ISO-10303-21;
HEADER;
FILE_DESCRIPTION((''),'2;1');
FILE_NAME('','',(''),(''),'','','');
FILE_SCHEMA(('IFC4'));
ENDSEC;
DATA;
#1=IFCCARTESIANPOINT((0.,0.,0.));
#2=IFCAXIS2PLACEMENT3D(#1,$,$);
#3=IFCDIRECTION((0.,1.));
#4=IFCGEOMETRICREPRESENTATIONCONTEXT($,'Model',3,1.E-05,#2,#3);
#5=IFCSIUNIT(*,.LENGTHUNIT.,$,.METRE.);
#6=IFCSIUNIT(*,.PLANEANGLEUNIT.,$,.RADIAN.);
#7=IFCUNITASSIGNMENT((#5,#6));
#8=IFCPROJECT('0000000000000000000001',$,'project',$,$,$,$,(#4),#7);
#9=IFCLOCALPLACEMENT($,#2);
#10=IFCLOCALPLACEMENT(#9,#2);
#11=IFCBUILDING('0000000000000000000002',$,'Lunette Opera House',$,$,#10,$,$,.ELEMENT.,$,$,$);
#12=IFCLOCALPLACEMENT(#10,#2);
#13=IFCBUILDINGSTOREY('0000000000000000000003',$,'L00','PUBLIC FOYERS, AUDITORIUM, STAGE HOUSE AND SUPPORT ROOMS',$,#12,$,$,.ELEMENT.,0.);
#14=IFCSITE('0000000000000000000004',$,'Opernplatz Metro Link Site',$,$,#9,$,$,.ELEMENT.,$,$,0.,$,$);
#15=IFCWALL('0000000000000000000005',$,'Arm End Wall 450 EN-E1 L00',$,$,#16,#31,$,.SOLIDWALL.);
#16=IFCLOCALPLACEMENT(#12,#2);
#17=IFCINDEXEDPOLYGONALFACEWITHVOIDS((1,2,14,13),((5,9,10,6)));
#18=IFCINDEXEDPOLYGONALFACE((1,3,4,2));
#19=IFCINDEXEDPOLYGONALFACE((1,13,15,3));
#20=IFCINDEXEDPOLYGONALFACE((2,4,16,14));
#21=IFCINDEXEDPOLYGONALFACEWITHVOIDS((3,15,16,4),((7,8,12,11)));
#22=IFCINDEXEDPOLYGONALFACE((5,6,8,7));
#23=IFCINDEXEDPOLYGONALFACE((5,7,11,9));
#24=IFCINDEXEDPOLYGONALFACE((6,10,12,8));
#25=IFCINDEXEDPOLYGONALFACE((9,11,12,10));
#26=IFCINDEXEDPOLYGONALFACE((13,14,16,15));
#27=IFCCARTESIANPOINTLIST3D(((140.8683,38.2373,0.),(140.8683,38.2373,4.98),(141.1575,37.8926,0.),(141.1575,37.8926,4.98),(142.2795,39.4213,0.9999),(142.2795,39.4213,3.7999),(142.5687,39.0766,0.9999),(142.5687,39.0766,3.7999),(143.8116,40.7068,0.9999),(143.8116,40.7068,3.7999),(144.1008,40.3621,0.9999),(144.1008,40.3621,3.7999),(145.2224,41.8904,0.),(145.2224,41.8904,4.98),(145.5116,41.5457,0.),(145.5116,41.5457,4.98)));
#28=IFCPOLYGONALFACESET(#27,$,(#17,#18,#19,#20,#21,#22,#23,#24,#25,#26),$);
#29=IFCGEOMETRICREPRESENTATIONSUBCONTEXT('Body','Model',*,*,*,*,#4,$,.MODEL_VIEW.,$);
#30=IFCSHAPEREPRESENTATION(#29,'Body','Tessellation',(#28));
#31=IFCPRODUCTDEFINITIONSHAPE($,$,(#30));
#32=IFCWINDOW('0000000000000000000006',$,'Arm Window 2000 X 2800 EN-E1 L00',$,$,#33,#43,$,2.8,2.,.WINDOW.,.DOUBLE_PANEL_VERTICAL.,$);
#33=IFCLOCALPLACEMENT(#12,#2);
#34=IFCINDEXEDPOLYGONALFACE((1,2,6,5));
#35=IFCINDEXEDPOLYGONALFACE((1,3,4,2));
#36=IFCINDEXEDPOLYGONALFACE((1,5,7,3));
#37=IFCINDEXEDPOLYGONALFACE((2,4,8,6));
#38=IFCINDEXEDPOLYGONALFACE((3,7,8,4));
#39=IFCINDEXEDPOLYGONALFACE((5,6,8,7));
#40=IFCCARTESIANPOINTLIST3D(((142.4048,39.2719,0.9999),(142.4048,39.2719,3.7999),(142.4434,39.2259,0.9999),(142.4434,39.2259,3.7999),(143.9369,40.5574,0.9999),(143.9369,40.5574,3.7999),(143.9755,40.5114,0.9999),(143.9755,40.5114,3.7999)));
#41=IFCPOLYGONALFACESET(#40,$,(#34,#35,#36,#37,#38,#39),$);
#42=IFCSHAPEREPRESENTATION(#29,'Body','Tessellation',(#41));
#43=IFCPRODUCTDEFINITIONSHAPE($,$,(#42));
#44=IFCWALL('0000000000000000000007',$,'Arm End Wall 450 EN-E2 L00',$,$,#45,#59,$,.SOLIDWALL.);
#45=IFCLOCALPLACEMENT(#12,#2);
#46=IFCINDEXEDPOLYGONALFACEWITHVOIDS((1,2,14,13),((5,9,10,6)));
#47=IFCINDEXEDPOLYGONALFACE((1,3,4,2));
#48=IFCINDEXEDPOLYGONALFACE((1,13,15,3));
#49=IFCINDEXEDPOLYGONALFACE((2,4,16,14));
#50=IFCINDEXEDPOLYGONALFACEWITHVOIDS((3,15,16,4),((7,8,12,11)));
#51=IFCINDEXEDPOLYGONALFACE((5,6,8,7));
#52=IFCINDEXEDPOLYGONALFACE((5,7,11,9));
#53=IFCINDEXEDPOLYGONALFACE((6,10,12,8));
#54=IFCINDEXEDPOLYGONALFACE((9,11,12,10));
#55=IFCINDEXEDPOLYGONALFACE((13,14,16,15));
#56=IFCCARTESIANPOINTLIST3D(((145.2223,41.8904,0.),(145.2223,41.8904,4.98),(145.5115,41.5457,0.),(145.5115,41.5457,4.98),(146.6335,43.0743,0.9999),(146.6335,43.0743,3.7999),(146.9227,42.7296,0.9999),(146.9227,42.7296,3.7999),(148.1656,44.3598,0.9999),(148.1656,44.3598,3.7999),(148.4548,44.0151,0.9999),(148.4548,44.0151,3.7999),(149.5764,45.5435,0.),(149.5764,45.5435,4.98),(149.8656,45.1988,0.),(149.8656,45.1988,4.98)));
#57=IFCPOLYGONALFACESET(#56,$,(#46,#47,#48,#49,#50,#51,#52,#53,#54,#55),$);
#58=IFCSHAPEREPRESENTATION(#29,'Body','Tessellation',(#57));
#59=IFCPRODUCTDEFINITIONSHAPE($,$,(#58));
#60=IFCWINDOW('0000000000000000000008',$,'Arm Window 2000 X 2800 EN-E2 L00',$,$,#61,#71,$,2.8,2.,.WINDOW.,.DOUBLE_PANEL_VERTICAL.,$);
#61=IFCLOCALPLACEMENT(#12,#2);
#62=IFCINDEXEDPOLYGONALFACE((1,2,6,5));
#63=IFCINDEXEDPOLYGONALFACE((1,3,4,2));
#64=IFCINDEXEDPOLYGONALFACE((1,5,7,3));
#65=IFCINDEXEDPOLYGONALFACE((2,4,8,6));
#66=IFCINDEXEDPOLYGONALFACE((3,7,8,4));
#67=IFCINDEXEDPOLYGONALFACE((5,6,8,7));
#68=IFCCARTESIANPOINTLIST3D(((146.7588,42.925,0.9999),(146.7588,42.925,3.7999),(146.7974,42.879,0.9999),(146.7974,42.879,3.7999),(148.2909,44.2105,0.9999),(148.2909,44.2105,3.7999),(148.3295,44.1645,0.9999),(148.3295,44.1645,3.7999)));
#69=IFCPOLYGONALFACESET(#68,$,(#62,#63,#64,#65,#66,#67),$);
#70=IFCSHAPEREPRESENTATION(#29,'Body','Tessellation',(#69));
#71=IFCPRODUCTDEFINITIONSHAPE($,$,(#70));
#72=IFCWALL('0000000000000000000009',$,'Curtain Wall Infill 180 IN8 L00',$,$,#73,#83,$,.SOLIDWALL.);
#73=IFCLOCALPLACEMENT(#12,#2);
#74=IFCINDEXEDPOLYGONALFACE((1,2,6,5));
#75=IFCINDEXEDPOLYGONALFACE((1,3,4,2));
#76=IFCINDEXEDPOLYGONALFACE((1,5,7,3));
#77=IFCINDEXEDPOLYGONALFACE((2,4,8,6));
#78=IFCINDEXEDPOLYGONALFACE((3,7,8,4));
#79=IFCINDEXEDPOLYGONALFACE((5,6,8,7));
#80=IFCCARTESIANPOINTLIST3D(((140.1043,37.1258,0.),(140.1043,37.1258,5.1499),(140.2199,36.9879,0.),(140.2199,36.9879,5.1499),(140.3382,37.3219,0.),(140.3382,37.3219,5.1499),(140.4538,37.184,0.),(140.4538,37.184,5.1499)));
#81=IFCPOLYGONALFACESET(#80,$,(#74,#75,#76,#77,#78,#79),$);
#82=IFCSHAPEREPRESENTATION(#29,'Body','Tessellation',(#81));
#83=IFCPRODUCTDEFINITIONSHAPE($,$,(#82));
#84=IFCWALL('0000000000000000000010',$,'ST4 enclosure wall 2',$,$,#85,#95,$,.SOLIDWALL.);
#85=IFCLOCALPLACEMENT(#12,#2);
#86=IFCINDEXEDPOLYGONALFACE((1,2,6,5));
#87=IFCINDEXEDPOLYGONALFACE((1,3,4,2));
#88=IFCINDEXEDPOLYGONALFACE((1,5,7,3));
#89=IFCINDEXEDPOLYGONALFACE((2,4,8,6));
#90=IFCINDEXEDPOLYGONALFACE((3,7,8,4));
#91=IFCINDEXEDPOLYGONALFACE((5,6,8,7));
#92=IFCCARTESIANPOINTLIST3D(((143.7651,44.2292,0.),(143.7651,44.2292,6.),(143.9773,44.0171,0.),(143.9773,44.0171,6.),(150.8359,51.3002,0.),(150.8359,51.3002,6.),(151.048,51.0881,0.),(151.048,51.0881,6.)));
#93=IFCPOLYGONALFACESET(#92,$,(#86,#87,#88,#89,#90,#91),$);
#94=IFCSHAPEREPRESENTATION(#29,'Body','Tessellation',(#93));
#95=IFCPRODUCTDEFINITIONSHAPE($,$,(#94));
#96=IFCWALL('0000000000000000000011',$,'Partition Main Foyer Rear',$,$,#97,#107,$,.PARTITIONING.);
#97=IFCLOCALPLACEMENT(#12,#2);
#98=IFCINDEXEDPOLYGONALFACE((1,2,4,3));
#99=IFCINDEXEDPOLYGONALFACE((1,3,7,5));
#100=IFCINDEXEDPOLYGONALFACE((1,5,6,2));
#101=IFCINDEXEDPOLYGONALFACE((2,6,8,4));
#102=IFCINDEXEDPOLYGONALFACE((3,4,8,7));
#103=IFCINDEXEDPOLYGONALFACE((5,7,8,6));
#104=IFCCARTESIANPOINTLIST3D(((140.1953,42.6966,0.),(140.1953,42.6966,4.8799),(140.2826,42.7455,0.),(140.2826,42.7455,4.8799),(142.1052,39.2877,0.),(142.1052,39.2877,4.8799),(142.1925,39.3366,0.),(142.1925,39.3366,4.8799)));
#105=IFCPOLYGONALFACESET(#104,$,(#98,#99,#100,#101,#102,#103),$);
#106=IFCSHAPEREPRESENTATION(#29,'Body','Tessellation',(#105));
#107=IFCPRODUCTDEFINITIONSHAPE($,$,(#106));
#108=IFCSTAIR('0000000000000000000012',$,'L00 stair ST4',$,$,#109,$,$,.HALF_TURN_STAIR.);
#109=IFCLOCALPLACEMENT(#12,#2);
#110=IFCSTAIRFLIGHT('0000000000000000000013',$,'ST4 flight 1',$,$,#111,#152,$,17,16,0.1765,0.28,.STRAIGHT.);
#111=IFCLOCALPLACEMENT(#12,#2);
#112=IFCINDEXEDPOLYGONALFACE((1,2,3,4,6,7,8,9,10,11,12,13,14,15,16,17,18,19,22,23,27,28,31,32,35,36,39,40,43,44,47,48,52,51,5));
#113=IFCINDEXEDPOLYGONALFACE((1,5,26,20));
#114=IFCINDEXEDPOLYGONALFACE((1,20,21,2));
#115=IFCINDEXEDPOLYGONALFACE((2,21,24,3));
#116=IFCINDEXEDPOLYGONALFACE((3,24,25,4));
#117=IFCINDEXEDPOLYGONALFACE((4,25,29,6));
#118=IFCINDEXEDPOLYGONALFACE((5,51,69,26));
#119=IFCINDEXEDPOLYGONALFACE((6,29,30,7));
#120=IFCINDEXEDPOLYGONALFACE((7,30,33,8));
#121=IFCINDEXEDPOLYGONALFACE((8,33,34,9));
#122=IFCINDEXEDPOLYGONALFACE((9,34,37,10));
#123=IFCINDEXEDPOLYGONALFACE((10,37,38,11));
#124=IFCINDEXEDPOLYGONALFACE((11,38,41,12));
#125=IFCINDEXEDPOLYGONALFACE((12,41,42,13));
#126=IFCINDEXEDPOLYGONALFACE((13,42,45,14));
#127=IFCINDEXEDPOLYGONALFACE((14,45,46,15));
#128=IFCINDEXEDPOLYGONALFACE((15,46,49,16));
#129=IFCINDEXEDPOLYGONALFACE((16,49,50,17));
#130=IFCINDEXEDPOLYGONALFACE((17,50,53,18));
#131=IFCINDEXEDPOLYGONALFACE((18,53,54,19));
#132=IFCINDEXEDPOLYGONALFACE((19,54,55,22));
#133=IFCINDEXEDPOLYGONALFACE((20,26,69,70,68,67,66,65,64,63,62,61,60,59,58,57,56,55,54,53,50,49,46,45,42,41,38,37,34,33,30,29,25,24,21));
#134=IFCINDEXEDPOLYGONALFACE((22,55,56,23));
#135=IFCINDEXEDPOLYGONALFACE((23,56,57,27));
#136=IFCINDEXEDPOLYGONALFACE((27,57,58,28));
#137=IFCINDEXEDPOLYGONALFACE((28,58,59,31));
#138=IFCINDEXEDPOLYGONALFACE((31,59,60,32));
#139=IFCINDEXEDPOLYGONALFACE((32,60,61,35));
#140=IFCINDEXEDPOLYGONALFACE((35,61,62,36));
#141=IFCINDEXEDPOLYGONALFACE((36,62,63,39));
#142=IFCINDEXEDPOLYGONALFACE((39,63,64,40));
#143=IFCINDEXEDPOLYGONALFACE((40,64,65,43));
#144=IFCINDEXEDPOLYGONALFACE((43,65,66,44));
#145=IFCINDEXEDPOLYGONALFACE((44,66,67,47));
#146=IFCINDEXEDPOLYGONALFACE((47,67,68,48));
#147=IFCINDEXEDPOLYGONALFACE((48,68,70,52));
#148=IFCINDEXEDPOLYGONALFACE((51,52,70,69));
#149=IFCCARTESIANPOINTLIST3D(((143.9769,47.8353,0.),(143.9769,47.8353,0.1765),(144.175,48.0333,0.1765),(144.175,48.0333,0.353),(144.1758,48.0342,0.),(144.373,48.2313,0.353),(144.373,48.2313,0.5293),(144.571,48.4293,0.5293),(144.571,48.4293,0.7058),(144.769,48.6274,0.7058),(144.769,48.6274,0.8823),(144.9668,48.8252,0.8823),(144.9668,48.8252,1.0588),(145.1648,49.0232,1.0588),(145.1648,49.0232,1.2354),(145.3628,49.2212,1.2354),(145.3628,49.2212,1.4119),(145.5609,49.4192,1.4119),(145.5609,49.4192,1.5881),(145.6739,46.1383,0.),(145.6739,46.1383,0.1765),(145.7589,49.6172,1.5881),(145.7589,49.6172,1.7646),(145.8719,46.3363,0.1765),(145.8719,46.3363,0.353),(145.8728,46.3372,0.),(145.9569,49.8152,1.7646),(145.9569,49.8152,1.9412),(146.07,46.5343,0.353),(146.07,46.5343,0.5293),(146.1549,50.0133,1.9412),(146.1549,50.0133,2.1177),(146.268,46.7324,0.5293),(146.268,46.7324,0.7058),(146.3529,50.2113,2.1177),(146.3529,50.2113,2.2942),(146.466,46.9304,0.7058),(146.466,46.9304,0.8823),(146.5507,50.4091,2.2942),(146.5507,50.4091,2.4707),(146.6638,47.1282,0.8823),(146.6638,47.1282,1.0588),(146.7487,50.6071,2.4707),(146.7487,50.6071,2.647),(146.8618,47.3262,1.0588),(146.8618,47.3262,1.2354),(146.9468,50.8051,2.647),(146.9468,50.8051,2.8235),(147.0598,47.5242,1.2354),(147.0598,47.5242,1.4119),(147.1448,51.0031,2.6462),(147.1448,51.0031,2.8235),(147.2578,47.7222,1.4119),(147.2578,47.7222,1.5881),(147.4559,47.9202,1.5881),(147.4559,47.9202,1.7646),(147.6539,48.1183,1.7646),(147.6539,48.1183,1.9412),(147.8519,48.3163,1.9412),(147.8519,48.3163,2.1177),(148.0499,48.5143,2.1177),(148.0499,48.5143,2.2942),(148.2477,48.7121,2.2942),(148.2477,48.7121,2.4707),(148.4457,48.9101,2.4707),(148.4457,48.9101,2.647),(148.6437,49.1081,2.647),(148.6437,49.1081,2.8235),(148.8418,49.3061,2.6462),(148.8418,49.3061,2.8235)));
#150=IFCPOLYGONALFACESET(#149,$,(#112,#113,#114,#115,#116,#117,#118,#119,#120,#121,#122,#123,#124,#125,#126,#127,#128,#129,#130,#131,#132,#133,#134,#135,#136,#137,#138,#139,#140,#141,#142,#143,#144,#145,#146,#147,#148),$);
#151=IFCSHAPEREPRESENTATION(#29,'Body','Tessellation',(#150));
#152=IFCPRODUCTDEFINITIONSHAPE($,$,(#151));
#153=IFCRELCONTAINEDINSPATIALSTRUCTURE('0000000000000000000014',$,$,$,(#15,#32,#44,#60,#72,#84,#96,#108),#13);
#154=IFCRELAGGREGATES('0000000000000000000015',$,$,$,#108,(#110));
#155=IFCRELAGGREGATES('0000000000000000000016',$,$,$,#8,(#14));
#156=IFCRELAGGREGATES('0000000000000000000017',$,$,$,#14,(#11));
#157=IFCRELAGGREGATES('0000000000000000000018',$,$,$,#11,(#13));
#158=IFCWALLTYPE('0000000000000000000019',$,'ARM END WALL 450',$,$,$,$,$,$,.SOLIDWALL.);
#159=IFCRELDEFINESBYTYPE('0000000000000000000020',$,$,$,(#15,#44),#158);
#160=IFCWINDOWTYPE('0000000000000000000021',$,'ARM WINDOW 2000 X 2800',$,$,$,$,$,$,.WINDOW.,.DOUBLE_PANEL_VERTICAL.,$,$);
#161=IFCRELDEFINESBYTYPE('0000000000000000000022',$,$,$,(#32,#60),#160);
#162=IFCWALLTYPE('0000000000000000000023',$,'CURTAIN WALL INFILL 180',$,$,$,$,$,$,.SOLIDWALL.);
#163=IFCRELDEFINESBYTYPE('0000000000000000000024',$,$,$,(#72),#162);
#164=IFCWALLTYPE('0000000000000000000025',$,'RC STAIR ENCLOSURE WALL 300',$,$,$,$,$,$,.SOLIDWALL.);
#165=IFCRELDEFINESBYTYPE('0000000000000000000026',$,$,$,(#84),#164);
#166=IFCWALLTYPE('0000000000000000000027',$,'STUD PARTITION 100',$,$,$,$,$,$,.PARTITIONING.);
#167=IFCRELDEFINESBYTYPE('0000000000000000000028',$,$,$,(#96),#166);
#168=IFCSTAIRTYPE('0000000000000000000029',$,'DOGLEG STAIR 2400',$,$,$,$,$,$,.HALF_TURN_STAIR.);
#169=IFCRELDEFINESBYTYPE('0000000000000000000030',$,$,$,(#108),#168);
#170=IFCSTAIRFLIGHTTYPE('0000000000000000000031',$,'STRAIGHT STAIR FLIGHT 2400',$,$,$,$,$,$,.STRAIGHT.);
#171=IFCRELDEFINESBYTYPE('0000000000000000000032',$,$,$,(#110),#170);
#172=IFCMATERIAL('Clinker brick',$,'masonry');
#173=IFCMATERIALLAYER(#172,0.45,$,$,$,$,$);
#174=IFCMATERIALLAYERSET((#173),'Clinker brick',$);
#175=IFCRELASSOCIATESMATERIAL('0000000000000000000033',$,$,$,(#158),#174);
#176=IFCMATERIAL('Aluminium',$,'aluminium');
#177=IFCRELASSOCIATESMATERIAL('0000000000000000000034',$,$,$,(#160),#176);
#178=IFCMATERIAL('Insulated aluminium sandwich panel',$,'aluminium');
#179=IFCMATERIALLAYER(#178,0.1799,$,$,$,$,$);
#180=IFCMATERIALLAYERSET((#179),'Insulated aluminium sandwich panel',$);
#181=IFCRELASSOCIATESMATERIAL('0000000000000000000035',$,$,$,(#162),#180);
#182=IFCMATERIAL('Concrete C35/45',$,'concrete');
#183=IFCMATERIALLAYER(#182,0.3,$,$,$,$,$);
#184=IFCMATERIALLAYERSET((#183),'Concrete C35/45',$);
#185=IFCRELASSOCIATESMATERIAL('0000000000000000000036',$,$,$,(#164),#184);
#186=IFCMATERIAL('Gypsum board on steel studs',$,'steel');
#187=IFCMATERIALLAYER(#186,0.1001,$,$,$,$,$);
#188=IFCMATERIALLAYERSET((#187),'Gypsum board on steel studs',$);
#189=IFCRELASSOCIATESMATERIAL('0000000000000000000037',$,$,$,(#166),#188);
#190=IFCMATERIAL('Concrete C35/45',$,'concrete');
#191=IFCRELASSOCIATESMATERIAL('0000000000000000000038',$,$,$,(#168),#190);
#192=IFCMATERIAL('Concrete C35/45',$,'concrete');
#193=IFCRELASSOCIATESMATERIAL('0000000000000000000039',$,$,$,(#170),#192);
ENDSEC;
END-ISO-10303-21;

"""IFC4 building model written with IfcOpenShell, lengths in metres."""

from ifc_helpers import new_model, si_unit, direction, frame, frame_2d, origin, place, context, subcontext, project, spatial, polyline, rectangle, outline, extrude, material, layer, layer_set, type_object, element, fill, aggregate, save


model = new_model("IFC4")

# Units and contexts
model_context = context("Model", 3, precision=1e-05, world=origin(), true_north=direction((0.0, 1.0)))
body_context = subcontext(model_context, "Body", "Model", "MODEL_VIEW")
ifc_project = project(units=[si_unit("LENGTHUNIT", "METRE"), si_unit("PLANEANGLEUNIT", "RADIAN")], contexts=[model_context])

# Site, building, storey
site_placement = place(None, origin())
site = spatial("IfcSite", under=ifc_project, at=site_placement, Name="Opernplatz Metro Link Site", CompositionType="ELEMENT", RefElevation=0.0)
building_placement = place(site_placement, origin())
building = spatial("IfcBuilding", under=site, at=building_placement, Name="Lunette Opera House", CompositionType="ELEMENT")
storey_placement = place(building_placement, origin())
storey = spatial("IfcBuildingStorey", under=building, at=storey_placement, Name="L00", Description="PUBLIC FOYERS, AUDITORIUM, STAGE HOUSE AND SUPPORT ROOMS", CompositionType="ELEMENT", Elevation=0.0)

# Walls, openings, windows
ifc_material_1 = material(Name="Clinker brick", Category="masonry")
ifc_layer_1 = layer(ifc_material_1, 0.45)
ifc_layer_set_1 = layer_set([ifc_layer_1], Name="Clinker brick")
wall_type_1 = type_object("IfcWallType", Name="ARM END WALL 450", PredefinedType="SOLIDWALL", material=ifc_layer_set_1)
wall_1_placement = place(storey_placement, frame((141.0129, 38.0649, 0.0), z_axis=(0.0, 0.0, 1.0), x_axis=(0.766076, 0.64275, 0.0)))
wall_1 = element("IfcWall", 1, at=wall_1_placement, inside=storey, type_object=wall_type_1, Name="Arm End Wall 450 EN-E1 L00", PredefinedType="SOLIDWALL", context=body_context, shape_type="SweptSolid", body=[
    extrude(rectangle(XDim=5.6836, YDim=0.45, at=frame_2d((2.8418, 0.0))), origin(), (0.0, 0.0, 1.0), 4.98),
])
opening_1_placement = place(wall_1_placement, frame((1.842, 0.0, 1.0)))
opening_1 = element("IfcOpeningElement", 2, at=opening_1_placement, cuts=wall_1, PredefinedType="OPENING", context=body_context, shape_type="SweptSolid", body=[
    extrude(rectangle(XDim=2.0, YDim=2.8, at=frame_2d((1.0, 1.3999))), frame((0.0, 0.2371, 0.0), z_axis=(0.0, -1.0, 0.0), x_axis=(1.0, 0.0, 0.0)), (0.0, 0.0, 1.0), 0.4739),
])
ifc_material_2 = material(Name="Aluminium", Category="aluminium")
window_type = type_object("IfcWindowType", Name="ARM WINDOW 2000 X 2800", PartitioningType="DOUBLE_PANEL_VERTICAL", PredefinedType="WINDOW", material=ifc_material_2)
window_1_placement = place(opening_1_placement, origin())
window_1 = element("IfcWindow", 3, at=window_1_placement, inside=storey, type_object=window_type, Name="Arm Window 2000 X 2800 EN-E1 L00", OverallHeight=2.8, OverallWidth=2.0, PartitioningType="DOUBLE_PANEL_VERTICAL", PredefinedType="WINDOW", context=body_context, shape_type="SweptSolid", body=[
    extrude(rectangle(XDim=2.0, YDim=2.8, at=frame_2d((1.0, 1.3999))), frame((0.0, 0.03, 0.0), z_axis=(0.0, -1.0, 0.0), x_axis=(1.0, 0.0, 0.0)), (0.0, 0.0, 1.0), 0.0601),
])
fill(opening_1, window_1)
wall_2_placement = place(storey_placement, frame((145.3669, 41.718, 0.0), z_axis=(0.0, 0.0, 1.0), x_axis=(0.766076, 0.64275, 0.0)))
wall_2 = element("IfcWall", 4, at=wall_2_placement, inside=storey, type_object=wall_type_1, Name="Arm End Wall 450 EN-E2 L00", PredefinedType="SOLIDWALL", context=body_context, shape_type="SweptSolid", body=[
    extrude(rectangle(XDim=5.6836, YDim=0.45, at=frame_2d((2.8418, 0.0))), origin(), (0.0, 0.0, 1.0), 4.98),
])
opening_2_placement = place(wall_2_placement, frame((1.842, 0.0, 1.0)))
opening_2 = element("IfcOpeningElement", 5, at=opening_2_placement, cuts=wall_2, PredefinedType="OPENING", context=body_context, shape_type="SweptSolid", body=[
    extrude(rectangle(XDim=2.0, YDim=2.8, at=frame_2d((1.0, 1.3999))), frame((0.0, 0.2371, 0.0), z_axis=(0.0, -1.0, 0.0), x_axis=(1.0, 0.0, 0.0)), (0.0, 0.0, 1.0), 0.4739),
])
window_2_placement = place(opening_2_placement, origin())
window_2 = element("IfcWindow", 6, at=window_2_placement, inside=storey, type_object=window_type, Name="Arm Window 2000 X 2800 EN-E2 L00", OverallHeight=2.8, OverallWidth=2.0, PartitioningType="DOUBLE_PANEL_VERTICAL", PredefinedType="WINDOW", context=body_context, shape_type="SweptSolid", body=[
    extrude(rectangle(XDim=2.0, YDim=2.8, at=frame_2d((1.0, 1.3999))), frame((0.0, 0.03, 0.0), z_axis=(0.0, -1.0, 0.0), x_axis=(1.0, 0.0, 0.0)), (0.0, 0.0, 1.0), 0.0601),
])
fill(opening_2, window_2)

# Walls
ifc_material_3 = material(Name="Insulated aluminium sandwich panel", Category="aluminium")
ifc_layer_2 = layer(ifc_material_3, 0.1799)
ifc_layer_set_2 = layer_set([ifc_layer_2], Name="Insulated aluminium sandwich panel")
wall_type_2 = type_object("IfcWallType", Name="CURTAIN WALL INFILL 180", PredefinedType="SOLIDWALL", material=ifc_layer_set_2)
wall_3_placement = place(storey_placement, frame((140.1621, 37.0569, 0.0), z_axis=(0.0, 0.0, 1.0), x_axis=(0.766382, 0.642385, 0.0)))
element("IfcWall", 7, at=wall_3_placement, inside=storey, type_object=wall_type_2, Name="Curtain Wall Infill 180 IN8 L00", PredefinedType="SOLIDWALL", context=body_context, shape_type="SweptSolid", body=[
    extrude(rectangle(XDim=0.3052, YDim=0.1799, at=frame_2d((0.1526, 0.0))), origin(), (0.0, 0.0, 1.0), 5.1499),
])
ifc_material_4 = material(Name="Concrete C35/45", Category="concrete")
ifc_layer_3 = layer(ifc_material_4, 0.3)
ifc_layer_set_3 = layer_set([ifc_layer_3], Name="Concrete C35/45")
wall_type_3 = type_object("IfcWallType", Name="RC STAIR ENCLOSURE WALL 300", PredefinedType="SOLIDWALL", material=ifc_layer_set_3)
wall_4_placement = place(storey_placement, frame((143.8711, 44.123, 0.0), z_axis=(0.0, 0.0, 1.0), x_axis=(0.707095, 0.707119, 0.0)))
element("IfcWall", 8, at=wall_4_placement, inside=storey, type_object=wall_type_3, Name="ST4 enclosure wall 2", PredefinedType="SOLIDWALL", context=body_context, shape_type="SweptSolid", body=[
    extrude(rectangle(XDim=9.9998, YDim=0.3, at=frame_2d((5.0, 0.0))), origin(), (0.0, 0.0, 1.0), 6.0),
])
ifc_material_5 = material(Name="Gypsum board on steel studs", Category="steel")
ifc_layer_4 = layer(ifc_material_5, 0.1001)
ifc_layer_set_4 = layer_set([ifc_layer_4], Name="Gypsum board on steel studs")
wall_type_4 = type_object("IfcWallType", Name="STUD PARTITION 100", PredefinedType="PARTITIONING", material=ifc_layer_set_4)
wall_5_placement = place(storey_placement, frame((140.239, 42.7209, 0.0), z_axis=(0.0, 0.0, 1.0), x_axis=(0.48878, -0.872407, 0.0)))
element("IfcWall", 9, at=wall_5_placement, inside=storey, type_object=wall_type_4, Name="Partition Main Foyer Rear", PredefinedType="PARTITIONING", context=body_context, shape_type="SweptSolid", body=[
    extrude(rectangle(XDim=3.9075, YDim=0.1001, at=frame_2d((1.9536, 0.0))), origin(), (0.0, 0.0, 1.0), 4.8799),
])

# Stair, stair flight
ifc_material_6 = material(Name="Concrete C35/45", Category="concrete")
stair_type = type_object("IfcStairType", Name="DOGLEG STAIR 2400", PredefinedType="HALF_TURN_STAIR", material=ifc_material_6)
stair_placement = place(storey_placement, origin())
stair = element("IfcStair", 10, at=stair_placement, inside=storey, type_object=stair_type, Name="L00 stair ST4", PredefinedType="HALF_TURN_STAIR")
ifc_material_7 = material(Name="Concrete C35/45", Category="concrete")
stair_flight_type = type_object("IfcStairFlightType", Name="STRAIGHT STAIR FLIGHT 2400", PredefinedType="STRAIGHT", material=ifc_material_7)
stair_flight_placement = place(storey_placement, frame((144.8254, 46.9868, 0.0), z_axis=(0.0, 0.0, 1.0), x_axis=(0.707107, 0.707107, 0.0)))
stair_flight = element("IfcStairFlight", 11, at=stair_flight_placement, type_object=stair_flight_type, Name="ST4 flight 1", NumberOfRisers=17, NumberOfTreads=16, PredefinedType="STRAIGHT", RiserHeight=0.1765, TreadLength=0.28, context=body_context, shape_type="SweptSolid", body=[
    extrude(outline(polyline([(0.0, 0.0), (0.0, 0.1765), (0.28, 0.1765), (0.28, 0.353), (0.5601, 0.353), (0.5601, 0.5293), (0.8401, 0.5293), (0.8401, 0.7058), (1.1201, 0.7058), (1.1201, 0.8823), (1.3999, 0.8823), (1.3999, 1.0588), (1.6799, 1.0588), (1.6799, 1.2354), (1.96, 1.2354), (1.96, 1.4119), (2.24, 1.4119), (2.24, 1.5881), (2.52, 1.5881), (2.52, 1.7646), (2.8, 1.7646), (2.8, 1.9412), (3.0801, 1.9412), (3.0801, 2.1177), (3.3601, 2.1177), (3.3601, 2.2942), (3.6399, 2.2942), (3.6399, 2.4707), (3.9199, 2.4707), (3.9199, 2.647), (4.2, 2.647), (4.2, 2.8235), (4.48, 2.8235), (4.48, 3.0), (4.48, 2.6462), (0.2812, 0.0), (0.0, 0.0)])), frame((0.0, 1.2, 0.0), z_axis=(0.0, -1.0, 0.0), x_axis=(1.0, 0.0, 0.0)), (0.0, 0.0, 1.0), 2.3999),
])
aggregate(stair, [stair_flight])

save(model, "model.ifc")
